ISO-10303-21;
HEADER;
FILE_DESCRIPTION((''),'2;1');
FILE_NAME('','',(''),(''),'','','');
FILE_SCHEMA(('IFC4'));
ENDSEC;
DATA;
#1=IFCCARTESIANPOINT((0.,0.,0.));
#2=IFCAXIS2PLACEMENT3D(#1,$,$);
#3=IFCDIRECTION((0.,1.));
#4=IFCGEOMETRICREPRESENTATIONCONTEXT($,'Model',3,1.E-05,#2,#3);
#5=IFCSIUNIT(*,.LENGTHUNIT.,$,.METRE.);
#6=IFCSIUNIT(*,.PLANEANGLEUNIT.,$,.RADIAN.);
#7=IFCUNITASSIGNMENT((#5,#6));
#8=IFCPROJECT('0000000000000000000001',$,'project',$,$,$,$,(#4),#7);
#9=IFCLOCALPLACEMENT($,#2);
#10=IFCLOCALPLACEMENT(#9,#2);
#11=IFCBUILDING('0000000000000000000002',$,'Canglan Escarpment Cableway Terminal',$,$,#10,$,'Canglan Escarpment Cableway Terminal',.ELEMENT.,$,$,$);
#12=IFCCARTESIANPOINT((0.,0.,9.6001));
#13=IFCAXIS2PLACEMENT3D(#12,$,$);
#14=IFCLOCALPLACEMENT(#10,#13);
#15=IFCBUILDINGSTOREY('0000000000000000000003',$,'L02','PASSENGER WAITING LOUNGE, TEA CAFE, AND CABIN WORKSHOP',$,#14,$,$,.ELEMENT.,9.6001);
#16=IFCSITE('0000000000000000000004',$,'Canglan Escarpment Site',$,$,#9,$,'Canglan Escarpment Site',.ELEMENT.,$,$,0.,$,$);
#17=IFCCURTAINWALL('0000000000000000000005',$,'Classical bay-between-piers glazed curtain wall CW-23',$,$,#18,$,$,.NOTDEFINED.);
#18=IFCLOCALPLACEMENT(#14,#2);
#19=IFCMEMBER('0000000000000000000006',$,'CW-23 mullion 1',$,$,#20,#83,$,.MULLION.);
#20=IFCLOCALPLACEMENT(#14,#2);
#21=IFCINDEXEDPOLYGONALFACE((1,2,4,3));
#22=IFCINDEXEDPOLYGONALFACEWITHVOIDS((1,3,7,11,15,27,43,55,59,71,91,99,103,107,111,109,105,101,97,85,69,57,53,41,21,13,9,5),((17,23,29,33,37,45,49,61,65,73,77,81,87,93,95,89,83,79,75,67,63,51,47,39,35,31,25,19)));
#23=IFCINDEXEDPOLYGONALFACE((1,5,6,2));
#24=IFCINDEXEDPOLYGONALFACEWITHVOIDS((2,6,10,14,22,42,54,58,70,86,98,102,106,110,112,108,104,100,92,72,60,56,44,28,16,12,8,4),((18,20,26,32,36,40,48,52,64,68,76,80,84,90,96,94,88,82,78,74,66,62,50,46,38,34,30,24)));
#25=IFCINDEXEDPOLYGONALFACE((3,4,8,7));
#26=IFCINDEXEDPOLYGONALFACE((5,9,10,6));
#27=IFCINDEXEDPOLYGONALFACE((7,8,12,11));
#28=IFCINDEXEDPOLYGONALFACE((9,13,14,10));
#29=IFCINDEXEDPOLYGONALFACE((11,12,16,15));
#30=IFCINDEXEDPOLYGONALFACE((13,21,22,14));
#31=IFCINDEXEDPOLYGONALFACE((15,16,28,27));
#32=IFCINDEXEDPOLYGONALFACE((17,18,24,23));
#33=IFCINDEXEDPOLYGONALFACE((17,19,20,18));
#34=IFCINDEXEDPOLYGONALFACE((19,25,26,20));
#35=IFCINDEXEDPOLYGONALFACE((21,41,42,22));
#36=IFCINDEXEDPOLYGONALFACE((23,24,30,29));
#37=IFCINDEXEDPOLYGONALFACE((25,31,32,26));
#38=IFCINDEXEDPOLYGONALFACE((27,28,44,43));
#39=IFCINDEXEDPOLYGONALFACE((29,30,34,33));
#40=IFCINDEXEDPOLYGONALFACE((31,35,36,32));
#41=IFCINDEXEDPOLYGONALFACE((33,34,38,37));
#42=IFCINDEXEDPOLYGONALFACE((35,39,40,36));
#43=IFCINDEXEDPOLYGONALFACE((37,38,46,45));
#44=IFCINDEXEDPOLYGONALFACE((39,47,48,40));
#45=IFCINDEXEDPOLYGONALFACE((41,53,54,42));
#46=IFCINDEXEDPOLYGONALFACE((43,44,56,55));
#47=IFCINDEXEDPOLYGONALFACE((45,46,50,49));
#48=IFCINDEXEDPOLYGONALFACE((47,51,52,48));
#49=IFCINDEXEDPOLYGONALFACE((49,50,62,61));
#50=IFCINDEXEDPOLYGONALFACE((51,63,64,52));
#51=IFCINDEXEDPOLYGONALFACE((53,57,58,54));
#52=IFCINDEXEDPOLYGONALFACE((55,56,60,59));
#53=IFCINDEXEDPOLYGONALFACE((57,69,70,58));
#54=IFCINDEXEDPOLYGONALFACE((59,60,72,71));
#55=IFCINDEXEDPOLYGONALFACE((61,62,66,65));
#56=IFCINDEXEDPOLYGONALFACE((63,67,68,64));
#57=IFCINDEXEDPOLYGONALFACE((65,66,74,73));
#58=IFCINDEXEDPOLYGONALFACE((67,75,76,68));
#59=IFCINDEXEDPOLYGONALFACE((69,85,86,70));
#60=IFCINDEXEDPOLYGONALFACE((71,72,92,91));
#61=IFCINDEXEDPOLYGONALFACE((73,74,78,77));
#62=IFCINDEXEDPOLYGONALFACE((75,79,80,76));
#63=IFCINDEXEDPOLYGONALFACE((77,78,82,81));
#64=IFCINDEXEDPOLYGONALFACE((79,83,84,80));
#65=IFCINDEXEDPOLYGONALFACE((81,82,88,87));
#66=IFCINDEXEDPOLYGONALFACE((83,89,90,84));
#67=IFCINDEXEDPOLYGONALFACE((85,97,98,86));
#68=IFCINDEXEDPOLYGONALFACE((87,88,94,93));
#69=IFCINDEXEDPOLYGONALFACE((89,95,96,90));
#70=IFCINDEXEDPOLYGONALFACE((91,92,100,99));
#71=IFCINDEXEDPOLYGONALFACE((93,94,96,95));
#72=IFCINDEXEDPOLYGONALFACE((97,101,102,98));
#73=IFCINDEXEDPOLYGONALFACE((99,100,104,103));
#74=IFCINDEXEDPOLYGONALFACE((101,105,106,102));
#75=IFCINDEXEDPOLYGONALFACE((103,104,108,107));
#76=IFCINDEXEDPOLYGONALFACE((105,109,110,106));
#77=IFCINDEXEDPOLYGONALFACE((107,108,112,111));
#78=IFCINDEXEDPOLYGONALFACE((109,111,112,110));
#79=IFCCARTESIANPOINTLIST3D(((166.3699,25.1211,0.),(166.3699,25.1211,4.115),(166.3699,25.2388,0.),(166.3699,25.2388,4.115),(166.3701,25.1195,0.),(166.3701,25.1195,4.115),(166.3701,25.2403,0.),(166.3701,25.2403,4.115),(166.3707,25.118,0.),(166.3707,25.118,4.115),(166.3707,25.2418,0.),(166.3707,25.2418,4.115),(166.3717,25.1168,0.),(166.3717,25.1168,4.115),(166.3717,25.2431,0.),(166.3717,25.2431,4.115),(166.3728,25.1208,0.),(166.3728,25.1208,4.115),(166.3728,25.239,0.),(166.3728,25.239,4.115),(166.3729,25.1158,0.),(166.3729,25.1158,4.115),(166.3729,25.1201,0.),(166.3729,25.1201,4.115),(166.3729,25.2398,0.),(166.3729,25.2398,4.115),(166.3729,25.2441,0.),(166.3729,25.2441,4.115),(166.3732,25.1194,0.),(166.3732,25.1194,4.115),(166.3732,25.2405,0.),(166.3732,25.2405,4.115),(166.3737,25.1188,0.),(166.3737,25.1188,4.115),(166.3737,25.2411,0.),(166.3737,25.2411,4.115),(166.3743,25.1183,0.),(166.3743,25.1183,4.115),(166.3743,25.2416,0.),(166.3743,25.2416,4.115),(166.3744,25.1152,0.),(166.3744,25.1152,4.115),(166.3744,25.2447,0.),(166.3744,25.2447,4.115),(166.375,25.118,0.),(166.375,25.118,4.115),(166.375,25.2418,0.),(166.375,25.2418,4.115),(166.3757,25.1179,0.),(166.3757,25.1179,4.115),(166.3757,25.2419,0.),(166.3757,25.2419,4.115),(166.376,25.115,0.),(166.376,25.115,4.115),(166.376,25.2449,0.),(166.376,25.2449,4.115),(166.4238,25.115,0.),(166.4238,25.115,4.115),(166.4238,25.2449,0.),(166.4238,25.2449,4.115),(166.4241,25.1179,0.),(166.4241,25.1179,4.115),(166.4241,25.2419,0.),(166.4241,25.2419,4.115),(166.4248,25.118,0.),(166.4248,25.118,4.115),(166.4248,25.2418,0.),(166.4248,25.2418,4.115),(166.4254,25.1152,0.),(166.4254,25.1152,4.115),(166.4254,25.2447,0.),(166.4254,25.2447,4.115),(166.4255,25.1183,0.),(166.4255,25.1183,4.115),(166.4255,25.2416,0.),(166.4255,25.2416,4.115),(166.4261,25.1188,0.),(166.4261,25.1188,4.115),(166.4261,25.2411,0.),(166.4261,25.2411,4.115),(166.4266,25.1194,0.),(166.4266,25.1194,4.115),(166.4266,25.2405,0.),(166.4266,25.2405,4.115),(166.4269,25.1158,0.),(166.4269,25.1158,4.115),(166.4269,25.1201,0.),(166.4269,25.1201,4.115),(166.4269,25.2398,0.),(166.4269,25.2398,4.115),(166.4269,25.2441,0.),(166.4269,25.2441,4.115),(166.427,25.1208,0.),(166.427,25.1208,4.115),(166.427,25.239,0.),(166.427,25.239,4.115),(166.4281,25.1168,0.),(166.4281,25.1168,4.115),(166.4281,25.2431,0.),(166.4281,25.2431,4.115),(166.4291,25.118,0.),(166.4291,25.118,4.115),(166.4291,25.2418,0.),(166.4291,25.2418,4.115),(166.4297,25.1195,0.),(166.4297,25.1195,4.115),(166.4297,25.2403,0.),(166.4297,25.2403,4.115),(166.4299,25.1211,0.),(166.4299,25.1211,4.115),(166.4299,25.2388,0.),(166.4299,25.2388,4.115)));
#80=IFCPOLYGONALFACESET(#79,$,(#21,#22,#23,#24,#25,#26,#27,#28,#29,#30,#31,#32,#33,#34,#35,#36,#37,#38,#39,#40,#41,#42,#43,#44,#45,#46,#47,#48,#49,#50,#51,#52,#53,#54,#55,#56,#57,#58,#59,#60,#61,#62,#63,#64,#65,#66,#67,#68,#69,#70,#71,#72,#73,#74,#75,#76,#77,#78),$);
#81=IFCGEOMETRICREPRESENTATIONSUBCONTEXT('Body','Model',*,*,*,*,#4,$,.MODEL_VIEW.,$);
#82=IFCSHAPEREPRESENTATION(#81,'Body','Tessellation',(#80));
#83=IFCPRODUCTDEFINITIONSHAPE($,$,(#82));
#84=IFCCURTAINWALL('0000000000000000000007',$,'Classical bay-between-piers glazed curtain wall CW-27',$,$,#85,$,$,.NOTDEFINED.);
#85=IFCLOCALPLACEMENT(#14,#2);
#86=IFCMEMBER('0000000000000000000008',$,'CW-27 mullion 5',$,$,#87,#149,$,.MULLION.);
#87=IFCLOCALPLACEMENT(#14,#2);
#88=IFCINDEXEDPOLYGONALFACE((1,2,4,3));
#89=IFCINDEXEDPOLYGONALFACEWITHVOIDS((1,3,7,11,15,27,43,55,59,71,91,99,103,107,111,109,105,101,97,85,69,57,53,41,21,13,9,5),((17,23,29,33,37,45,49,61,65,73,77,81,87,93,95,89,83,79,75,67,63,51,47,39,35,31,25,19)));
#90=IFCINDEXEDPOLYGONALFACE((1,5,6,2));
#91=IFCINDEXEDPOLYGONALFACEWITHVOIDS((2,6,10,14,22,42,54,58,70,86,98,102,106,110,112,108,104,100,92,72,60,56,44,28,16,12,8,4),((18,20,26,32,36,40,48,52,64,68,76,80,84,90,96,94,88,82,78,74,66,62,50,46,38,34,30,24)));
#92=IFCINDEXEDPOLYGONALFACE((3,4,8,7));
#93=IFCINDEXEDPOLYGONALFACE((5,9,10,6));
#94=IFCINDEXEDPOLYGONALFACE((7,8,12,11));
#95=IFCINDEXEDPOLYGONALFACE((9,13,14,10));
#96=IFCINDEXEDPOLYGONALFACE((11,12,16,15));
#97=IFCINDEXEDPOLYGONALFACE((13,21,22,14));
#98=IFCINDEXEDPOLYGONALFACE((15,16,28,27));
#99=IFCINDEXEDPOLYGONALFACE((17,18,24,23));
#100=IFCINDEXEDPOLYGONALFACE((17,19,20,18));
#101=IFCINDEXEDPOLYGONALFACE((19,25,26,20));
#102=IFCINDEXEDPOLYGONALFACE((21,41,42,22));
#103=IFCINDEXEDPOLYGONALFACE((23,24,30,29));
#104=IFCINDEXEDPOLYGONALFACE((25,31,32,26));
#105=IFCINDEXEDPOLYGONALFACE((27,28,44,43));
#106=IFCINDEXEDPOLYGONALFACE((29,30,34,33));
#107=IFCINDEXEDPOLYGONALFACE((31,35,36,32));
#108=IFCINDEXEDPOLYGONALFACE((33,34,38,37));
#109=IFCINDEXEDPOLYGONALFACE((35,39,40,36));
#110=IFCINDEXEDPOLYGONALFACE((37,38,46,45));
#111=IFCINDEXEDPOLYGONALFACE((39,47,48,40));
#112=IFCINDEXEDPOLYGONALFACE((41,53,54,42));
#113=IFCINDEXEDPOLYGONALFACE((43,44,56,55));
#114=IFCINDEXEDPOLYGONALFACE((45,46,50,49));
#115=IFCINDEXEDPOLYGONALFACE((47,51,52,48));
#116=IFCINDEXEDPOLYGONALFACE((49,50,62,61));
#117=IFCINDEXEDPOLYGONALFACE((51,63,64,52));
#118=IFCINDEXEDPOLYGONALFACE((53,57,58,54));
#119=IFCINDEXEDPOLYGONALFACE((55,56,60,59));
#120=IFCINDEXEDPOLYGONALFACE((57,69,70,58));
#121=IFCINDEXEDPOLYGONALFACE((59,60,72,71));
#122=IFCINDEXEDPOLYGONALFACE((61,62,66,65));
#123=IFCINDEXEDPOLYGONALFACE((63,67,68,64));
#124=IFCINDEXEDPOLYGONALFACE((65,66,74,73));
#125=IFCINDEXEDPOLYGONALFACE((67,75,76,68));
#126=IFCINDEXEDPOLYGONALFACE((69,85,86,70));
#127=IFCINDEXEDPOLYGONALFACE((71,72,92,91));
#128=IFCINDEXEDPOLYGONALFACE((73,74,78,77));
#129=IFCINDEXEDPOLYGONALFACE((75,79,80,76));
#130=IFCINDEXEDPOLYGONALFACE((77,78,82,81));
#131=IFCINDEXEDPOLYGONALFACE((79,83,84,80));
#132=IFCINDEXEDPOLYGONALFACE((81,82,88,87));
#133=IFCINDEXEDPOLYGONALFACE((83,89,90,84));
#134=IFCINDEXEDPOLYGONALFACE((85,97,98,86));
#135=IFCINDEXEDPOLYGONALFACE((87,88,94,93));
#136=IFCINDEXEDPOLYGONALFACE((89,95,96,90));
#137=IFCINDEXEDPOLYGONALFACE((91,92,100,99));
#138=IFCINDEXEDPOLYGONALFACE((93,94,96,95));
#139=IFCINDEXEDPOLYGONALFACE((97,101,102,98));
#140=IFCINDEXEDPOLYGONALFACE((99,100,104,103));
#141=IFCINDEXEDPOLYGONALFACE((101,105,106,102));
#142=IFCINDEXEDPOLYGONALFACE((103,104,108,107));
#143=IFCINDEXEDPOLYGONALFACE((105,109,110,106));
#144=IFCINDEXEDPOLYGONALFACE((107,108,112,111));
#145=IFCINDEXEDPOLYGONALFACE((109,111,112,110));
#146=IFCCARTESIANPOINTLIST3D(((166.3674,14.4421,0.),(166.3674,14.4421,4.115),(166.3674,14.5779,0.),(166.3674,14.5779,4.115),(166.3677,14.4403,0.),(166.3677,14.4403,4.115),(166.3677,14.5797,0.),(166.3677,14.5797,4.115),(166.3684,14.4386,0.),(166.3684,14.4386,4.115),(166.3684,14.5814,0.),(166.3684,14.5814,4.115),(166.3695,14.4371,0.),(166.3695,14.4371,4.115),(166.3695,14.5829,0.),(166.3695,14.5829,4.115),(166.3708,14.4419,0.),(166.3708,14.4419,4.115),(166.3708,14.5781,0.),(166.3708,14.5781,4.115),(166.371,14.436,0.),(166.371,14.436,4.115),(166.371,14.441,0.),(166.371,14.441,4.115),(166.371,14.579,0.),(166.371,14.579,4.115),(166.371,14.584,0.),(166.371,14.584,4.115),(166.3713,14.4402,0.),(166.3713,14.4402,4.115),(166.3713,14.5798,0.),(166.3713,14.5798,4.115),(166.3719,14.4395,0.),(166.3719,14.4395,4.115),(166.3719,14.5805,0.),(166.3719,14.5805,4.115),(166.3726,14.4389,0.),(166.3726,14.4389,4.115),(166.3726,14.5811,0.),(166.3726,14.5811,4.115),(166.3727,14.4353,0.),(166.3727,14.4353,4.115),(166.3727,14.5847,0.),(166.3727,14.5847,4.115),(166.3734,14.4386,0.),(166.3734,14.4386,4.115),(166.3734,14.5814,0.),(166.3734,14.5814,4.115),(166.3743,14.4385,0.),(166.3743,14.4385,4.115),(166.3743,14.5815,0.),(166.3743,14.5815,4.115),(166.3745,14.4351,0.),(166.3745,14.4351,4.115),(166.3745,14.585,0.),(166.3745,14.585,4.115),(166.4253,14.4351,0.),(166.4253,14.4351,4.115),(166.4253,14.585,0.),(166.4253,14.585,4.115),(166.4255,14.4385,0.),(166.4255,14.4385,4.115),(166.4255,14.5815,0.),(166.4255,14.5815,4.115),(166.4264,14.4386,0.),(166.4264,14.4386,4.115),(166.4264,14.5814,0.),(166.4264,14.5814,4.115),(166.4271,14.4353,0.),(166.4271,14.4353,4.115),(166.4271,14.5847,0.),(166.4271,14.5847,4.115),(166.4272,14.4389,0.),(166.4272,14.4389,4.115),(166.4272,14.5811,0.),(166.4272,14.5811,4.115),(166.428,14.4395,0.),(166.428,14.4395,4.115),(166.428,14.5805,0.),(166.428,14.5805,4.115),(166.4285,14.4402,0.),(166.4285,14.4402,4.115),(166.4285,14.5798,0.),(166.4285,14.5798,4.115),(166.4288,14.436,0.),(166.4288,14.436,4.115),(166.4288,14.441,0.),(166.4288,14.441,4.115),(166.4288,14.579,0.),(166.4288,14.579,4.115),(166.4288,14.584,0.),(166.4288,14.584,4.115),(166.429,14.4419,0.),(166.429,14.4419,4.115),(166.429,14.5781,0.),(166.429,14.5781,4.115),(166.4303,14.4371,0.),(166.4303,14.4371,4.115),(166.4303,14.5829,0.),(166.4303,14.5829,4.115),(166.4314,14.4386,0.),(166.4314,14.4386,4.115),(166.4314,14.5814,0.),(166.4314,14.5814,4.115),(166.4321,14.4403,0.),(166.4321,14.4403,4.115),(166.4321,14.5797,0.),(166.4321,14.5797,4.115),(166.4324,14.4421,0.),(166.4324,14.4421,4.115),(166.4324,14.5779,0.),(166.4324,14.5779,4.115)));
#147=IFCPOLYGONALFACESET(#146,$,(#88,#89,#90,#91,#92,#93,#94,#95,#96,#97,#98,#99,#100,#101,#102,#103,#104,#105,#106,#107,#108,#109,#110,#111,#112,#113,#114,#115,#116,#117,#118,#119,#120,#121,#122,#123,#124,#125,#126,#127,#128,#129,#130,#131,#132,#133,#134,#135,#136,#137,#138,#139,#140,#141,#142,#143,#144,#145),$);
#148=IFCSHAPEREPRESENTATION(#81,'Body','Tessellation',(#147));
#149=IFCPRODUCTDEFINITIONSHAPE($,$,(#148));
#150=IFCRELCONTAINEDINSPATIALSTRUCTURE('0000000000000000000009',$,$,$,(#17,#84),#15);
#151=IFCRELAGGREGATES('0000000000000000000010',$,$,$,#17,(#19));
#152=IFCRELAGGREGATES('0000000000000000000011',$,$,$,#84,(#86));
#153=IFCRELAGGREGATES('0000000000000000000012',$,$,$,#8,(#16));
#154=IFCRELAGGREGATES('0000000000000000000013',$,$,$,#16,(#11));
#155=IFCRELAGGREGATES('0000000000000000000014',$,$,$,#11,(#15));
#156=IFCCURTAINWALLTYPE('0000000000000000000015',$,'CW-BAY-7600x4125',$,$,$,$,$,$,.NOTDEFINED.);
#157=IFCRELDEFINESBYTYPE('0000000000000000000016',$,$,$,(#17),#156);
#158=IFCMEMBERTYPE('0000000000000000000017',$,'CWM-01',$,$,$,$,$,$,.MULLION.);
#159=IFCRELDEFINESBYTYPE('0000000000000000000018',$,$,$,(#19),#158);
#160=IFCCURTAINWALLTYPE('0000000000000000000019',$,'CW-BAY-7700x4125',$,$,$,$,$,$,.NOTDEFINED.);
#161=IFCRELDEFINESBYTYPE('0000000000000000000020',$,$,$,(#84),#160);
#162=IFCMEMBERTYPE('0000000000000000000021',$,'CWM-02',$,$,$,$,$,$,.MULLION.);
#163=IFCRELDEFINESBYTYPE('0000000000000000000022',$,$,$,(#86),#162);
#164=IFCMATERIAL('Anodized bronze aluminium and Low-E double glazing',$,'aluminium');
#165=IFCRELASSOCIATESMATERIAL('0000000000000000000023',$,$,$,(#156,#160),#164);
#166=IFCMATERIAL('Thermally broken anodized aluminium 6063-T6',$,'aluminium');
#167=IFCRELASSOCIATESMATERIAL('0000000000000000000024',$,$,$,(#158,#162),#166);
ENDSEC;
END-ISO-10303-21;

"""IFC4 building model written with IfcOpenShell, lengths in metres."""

from ifc_helpers import new_model, si_unit, direction, frame, origin, origin_2d, place, context, subcontext, project, spatial, hollow_rectangle, extrude, material, material_profile, profile_set, type_object, element, aggregate, save


model = new_model("IFC4")

# Units and contexts
model_context = context("Model", 3, precision=1e-05, world=origin(), true_north=direction((0.0, 1.0)))
body_context = subcontext(model_context, "Body", "Model", "MODEL_VIEW")
ifc_project = project(units=[si_unit("LENGTHUNIT", "METRE"), si_unit("PLANEANGLEUNIT", "RADIAN")], contexts=[model_context])

# Site, building, storey
site_placement = place(None, origin())
site = spatial("IfcSite", under=ifc_project, at=site_placement, Name="Canglan Escarpment Site", LongName="Canglan Escarpment Site", CompositionType="ELEMENT", RefElevation=0.0)
building_placement = place(site_placement, origin())
building = spatial("IfcBuilding", under=site, at=building_placement, Name="Canglan Escarpment Cableway Terminal", LongName="Canglan Escarpment Cableway Terminal", CompositionType="ELEMENT")
storey_placement = place(building_placement, frame((0.0, 0.0, 9.6001)))
storey = spatial("IfcBuildingStorey", under=building, at=storey_placement, Name="L02", Description="PASSENGER WAITING LOUNGE, TEA CAFE, AND CABIN WORKSHOP", CompositionType="ELEMENT", Elevation=9.6001)

# Curtain wall, member
ifc_material_1 = material(Name="Anodized bronze aluminium and Low-E double glazing", Category="aluminium")
curtain_wall_type_1 = type_object("IfcCurtainWallType", Name="CW-BAY-7600x4125", PredefinedType="NOTDEFINED", material=ifc_material_1)
curtain_wall_1_placement = place(storey_placement, origin())
curtain_wall_1 = element("IfcCurtainWall", 1, at=curtain_wall_1_placement, inside=storey, type_object=curtain_wall_type_1, Name="Classical bay-between-piers glazed curtain wall CW-23", PredefinedType="NOTDEFINED")
ifc_material_2 = material(Name="Thermally broken anodized aluminium 6063-T6", Category="aluminium")
ifc_material_profile_1 = material_profile(ifc_material_2, hollow_rectangle(XDim=0.0601, YDim=0.1299, WallThickness=0.0029, InnerFilletRadius=0.0029, OuterFilletRadius=0.0061, at=origin_2d()), Name="ALU-MULL 60x130x3")
ifc_profile_set_1 = profile_set([ifc_material_profile_1], Name="Thermally broken anodized aluminium 6063-T6")
member_type_1 = type_object("IfcMemberType", Name="CWM-01", PredefinedType="MULLION", material=ifc_profile_set_1)
member_1_placement = place(storey_placement, frame((166.3999, 25.1799, 0.0), z_axis=(0.0, 0.0, 1.0), x_axis=(-1.0, 0.0, 0.0)))
member_1 = element("IfcMember", 2, at=member_1_placement, type_object=member_type_1, Name="CW-23 mullion 1", PredefinedType="MULLION", context=body_context, shape_type="SweptSolid", body=[
    extrude(hollow_rectangle(XDim=0.0601, YDim=0.1299, WallThickness=0.0029, InnerFilletRadius=0.0029, OuterFilletRadius=0.0061, at=origin_2d()), origin(), (0.0, 0.0, 1.0), 4.115),
])

# Curtain wall, member
curtain_wall_type_2 = type_object("IfcCurtainWallType", Name="CW-BAY-7700x4125", PredefinedType="NOTDEFINED", material=ifc_material_1)
curtain_wall_2_placement = place(storey_placement, origin())
curtain_wall_2 = element("IfcCurtainWall", 3, at=curtain_wall_2_placement, inside=storey, type_object=curtain_wall_type_2, Name="Classical bay-between-piers glazed curtain wall CW-27", PredefinedType="NOTDEFINED")
ifc_material_profile_2 = material_profile(ifc_material_2, hollow_rectangle(XDim=0.0649, YDim=0.1499, WallThickness=0.0034, InnerFilletRadius=0.0034, OuterFilletRadius=0.0071, at=origin_2d()), Name="ALU-MULL 65x150x3.5")
ifc_profile_set_2 = profile_set([ifc_material_profile_2], Name="Thermally broken anodized aluminium 6063-T6")
member_type_2 = type_object("IfcMemberType", Name="CWM-02", PredefinedType="MULLION", material=ifc_profile_set_2)
member_2_placement = place(storey_placement, frame((166.3999, 14.51, 0.0), z_axis=(0.0, 0.0, 1.0), x_axis=(-1.0, 0.0, 0.0)))
member_2 = element("IfcMember", 4, at=member_2_placement, type_object=member_type_2, Name="CW-27 mullion 5", PredefinedType="MULLION", context=body_context, shape_type="SweptSolid", body=[
    extrude(hollow_rectangle(XDim=0.0649, YDim=0.1499, WallThickness=0.0034, InnerFilletRadius=0.0034, OuterFilletRadius=0.0071, at=origin_2d()), origin(), (0.0, 0.0, 1.0), 4.115),
])

aggregate(curtain_wall_1, [member_1])

aggregate(curtain_wall_2, [member_2])

save(model, "model.ifc")
